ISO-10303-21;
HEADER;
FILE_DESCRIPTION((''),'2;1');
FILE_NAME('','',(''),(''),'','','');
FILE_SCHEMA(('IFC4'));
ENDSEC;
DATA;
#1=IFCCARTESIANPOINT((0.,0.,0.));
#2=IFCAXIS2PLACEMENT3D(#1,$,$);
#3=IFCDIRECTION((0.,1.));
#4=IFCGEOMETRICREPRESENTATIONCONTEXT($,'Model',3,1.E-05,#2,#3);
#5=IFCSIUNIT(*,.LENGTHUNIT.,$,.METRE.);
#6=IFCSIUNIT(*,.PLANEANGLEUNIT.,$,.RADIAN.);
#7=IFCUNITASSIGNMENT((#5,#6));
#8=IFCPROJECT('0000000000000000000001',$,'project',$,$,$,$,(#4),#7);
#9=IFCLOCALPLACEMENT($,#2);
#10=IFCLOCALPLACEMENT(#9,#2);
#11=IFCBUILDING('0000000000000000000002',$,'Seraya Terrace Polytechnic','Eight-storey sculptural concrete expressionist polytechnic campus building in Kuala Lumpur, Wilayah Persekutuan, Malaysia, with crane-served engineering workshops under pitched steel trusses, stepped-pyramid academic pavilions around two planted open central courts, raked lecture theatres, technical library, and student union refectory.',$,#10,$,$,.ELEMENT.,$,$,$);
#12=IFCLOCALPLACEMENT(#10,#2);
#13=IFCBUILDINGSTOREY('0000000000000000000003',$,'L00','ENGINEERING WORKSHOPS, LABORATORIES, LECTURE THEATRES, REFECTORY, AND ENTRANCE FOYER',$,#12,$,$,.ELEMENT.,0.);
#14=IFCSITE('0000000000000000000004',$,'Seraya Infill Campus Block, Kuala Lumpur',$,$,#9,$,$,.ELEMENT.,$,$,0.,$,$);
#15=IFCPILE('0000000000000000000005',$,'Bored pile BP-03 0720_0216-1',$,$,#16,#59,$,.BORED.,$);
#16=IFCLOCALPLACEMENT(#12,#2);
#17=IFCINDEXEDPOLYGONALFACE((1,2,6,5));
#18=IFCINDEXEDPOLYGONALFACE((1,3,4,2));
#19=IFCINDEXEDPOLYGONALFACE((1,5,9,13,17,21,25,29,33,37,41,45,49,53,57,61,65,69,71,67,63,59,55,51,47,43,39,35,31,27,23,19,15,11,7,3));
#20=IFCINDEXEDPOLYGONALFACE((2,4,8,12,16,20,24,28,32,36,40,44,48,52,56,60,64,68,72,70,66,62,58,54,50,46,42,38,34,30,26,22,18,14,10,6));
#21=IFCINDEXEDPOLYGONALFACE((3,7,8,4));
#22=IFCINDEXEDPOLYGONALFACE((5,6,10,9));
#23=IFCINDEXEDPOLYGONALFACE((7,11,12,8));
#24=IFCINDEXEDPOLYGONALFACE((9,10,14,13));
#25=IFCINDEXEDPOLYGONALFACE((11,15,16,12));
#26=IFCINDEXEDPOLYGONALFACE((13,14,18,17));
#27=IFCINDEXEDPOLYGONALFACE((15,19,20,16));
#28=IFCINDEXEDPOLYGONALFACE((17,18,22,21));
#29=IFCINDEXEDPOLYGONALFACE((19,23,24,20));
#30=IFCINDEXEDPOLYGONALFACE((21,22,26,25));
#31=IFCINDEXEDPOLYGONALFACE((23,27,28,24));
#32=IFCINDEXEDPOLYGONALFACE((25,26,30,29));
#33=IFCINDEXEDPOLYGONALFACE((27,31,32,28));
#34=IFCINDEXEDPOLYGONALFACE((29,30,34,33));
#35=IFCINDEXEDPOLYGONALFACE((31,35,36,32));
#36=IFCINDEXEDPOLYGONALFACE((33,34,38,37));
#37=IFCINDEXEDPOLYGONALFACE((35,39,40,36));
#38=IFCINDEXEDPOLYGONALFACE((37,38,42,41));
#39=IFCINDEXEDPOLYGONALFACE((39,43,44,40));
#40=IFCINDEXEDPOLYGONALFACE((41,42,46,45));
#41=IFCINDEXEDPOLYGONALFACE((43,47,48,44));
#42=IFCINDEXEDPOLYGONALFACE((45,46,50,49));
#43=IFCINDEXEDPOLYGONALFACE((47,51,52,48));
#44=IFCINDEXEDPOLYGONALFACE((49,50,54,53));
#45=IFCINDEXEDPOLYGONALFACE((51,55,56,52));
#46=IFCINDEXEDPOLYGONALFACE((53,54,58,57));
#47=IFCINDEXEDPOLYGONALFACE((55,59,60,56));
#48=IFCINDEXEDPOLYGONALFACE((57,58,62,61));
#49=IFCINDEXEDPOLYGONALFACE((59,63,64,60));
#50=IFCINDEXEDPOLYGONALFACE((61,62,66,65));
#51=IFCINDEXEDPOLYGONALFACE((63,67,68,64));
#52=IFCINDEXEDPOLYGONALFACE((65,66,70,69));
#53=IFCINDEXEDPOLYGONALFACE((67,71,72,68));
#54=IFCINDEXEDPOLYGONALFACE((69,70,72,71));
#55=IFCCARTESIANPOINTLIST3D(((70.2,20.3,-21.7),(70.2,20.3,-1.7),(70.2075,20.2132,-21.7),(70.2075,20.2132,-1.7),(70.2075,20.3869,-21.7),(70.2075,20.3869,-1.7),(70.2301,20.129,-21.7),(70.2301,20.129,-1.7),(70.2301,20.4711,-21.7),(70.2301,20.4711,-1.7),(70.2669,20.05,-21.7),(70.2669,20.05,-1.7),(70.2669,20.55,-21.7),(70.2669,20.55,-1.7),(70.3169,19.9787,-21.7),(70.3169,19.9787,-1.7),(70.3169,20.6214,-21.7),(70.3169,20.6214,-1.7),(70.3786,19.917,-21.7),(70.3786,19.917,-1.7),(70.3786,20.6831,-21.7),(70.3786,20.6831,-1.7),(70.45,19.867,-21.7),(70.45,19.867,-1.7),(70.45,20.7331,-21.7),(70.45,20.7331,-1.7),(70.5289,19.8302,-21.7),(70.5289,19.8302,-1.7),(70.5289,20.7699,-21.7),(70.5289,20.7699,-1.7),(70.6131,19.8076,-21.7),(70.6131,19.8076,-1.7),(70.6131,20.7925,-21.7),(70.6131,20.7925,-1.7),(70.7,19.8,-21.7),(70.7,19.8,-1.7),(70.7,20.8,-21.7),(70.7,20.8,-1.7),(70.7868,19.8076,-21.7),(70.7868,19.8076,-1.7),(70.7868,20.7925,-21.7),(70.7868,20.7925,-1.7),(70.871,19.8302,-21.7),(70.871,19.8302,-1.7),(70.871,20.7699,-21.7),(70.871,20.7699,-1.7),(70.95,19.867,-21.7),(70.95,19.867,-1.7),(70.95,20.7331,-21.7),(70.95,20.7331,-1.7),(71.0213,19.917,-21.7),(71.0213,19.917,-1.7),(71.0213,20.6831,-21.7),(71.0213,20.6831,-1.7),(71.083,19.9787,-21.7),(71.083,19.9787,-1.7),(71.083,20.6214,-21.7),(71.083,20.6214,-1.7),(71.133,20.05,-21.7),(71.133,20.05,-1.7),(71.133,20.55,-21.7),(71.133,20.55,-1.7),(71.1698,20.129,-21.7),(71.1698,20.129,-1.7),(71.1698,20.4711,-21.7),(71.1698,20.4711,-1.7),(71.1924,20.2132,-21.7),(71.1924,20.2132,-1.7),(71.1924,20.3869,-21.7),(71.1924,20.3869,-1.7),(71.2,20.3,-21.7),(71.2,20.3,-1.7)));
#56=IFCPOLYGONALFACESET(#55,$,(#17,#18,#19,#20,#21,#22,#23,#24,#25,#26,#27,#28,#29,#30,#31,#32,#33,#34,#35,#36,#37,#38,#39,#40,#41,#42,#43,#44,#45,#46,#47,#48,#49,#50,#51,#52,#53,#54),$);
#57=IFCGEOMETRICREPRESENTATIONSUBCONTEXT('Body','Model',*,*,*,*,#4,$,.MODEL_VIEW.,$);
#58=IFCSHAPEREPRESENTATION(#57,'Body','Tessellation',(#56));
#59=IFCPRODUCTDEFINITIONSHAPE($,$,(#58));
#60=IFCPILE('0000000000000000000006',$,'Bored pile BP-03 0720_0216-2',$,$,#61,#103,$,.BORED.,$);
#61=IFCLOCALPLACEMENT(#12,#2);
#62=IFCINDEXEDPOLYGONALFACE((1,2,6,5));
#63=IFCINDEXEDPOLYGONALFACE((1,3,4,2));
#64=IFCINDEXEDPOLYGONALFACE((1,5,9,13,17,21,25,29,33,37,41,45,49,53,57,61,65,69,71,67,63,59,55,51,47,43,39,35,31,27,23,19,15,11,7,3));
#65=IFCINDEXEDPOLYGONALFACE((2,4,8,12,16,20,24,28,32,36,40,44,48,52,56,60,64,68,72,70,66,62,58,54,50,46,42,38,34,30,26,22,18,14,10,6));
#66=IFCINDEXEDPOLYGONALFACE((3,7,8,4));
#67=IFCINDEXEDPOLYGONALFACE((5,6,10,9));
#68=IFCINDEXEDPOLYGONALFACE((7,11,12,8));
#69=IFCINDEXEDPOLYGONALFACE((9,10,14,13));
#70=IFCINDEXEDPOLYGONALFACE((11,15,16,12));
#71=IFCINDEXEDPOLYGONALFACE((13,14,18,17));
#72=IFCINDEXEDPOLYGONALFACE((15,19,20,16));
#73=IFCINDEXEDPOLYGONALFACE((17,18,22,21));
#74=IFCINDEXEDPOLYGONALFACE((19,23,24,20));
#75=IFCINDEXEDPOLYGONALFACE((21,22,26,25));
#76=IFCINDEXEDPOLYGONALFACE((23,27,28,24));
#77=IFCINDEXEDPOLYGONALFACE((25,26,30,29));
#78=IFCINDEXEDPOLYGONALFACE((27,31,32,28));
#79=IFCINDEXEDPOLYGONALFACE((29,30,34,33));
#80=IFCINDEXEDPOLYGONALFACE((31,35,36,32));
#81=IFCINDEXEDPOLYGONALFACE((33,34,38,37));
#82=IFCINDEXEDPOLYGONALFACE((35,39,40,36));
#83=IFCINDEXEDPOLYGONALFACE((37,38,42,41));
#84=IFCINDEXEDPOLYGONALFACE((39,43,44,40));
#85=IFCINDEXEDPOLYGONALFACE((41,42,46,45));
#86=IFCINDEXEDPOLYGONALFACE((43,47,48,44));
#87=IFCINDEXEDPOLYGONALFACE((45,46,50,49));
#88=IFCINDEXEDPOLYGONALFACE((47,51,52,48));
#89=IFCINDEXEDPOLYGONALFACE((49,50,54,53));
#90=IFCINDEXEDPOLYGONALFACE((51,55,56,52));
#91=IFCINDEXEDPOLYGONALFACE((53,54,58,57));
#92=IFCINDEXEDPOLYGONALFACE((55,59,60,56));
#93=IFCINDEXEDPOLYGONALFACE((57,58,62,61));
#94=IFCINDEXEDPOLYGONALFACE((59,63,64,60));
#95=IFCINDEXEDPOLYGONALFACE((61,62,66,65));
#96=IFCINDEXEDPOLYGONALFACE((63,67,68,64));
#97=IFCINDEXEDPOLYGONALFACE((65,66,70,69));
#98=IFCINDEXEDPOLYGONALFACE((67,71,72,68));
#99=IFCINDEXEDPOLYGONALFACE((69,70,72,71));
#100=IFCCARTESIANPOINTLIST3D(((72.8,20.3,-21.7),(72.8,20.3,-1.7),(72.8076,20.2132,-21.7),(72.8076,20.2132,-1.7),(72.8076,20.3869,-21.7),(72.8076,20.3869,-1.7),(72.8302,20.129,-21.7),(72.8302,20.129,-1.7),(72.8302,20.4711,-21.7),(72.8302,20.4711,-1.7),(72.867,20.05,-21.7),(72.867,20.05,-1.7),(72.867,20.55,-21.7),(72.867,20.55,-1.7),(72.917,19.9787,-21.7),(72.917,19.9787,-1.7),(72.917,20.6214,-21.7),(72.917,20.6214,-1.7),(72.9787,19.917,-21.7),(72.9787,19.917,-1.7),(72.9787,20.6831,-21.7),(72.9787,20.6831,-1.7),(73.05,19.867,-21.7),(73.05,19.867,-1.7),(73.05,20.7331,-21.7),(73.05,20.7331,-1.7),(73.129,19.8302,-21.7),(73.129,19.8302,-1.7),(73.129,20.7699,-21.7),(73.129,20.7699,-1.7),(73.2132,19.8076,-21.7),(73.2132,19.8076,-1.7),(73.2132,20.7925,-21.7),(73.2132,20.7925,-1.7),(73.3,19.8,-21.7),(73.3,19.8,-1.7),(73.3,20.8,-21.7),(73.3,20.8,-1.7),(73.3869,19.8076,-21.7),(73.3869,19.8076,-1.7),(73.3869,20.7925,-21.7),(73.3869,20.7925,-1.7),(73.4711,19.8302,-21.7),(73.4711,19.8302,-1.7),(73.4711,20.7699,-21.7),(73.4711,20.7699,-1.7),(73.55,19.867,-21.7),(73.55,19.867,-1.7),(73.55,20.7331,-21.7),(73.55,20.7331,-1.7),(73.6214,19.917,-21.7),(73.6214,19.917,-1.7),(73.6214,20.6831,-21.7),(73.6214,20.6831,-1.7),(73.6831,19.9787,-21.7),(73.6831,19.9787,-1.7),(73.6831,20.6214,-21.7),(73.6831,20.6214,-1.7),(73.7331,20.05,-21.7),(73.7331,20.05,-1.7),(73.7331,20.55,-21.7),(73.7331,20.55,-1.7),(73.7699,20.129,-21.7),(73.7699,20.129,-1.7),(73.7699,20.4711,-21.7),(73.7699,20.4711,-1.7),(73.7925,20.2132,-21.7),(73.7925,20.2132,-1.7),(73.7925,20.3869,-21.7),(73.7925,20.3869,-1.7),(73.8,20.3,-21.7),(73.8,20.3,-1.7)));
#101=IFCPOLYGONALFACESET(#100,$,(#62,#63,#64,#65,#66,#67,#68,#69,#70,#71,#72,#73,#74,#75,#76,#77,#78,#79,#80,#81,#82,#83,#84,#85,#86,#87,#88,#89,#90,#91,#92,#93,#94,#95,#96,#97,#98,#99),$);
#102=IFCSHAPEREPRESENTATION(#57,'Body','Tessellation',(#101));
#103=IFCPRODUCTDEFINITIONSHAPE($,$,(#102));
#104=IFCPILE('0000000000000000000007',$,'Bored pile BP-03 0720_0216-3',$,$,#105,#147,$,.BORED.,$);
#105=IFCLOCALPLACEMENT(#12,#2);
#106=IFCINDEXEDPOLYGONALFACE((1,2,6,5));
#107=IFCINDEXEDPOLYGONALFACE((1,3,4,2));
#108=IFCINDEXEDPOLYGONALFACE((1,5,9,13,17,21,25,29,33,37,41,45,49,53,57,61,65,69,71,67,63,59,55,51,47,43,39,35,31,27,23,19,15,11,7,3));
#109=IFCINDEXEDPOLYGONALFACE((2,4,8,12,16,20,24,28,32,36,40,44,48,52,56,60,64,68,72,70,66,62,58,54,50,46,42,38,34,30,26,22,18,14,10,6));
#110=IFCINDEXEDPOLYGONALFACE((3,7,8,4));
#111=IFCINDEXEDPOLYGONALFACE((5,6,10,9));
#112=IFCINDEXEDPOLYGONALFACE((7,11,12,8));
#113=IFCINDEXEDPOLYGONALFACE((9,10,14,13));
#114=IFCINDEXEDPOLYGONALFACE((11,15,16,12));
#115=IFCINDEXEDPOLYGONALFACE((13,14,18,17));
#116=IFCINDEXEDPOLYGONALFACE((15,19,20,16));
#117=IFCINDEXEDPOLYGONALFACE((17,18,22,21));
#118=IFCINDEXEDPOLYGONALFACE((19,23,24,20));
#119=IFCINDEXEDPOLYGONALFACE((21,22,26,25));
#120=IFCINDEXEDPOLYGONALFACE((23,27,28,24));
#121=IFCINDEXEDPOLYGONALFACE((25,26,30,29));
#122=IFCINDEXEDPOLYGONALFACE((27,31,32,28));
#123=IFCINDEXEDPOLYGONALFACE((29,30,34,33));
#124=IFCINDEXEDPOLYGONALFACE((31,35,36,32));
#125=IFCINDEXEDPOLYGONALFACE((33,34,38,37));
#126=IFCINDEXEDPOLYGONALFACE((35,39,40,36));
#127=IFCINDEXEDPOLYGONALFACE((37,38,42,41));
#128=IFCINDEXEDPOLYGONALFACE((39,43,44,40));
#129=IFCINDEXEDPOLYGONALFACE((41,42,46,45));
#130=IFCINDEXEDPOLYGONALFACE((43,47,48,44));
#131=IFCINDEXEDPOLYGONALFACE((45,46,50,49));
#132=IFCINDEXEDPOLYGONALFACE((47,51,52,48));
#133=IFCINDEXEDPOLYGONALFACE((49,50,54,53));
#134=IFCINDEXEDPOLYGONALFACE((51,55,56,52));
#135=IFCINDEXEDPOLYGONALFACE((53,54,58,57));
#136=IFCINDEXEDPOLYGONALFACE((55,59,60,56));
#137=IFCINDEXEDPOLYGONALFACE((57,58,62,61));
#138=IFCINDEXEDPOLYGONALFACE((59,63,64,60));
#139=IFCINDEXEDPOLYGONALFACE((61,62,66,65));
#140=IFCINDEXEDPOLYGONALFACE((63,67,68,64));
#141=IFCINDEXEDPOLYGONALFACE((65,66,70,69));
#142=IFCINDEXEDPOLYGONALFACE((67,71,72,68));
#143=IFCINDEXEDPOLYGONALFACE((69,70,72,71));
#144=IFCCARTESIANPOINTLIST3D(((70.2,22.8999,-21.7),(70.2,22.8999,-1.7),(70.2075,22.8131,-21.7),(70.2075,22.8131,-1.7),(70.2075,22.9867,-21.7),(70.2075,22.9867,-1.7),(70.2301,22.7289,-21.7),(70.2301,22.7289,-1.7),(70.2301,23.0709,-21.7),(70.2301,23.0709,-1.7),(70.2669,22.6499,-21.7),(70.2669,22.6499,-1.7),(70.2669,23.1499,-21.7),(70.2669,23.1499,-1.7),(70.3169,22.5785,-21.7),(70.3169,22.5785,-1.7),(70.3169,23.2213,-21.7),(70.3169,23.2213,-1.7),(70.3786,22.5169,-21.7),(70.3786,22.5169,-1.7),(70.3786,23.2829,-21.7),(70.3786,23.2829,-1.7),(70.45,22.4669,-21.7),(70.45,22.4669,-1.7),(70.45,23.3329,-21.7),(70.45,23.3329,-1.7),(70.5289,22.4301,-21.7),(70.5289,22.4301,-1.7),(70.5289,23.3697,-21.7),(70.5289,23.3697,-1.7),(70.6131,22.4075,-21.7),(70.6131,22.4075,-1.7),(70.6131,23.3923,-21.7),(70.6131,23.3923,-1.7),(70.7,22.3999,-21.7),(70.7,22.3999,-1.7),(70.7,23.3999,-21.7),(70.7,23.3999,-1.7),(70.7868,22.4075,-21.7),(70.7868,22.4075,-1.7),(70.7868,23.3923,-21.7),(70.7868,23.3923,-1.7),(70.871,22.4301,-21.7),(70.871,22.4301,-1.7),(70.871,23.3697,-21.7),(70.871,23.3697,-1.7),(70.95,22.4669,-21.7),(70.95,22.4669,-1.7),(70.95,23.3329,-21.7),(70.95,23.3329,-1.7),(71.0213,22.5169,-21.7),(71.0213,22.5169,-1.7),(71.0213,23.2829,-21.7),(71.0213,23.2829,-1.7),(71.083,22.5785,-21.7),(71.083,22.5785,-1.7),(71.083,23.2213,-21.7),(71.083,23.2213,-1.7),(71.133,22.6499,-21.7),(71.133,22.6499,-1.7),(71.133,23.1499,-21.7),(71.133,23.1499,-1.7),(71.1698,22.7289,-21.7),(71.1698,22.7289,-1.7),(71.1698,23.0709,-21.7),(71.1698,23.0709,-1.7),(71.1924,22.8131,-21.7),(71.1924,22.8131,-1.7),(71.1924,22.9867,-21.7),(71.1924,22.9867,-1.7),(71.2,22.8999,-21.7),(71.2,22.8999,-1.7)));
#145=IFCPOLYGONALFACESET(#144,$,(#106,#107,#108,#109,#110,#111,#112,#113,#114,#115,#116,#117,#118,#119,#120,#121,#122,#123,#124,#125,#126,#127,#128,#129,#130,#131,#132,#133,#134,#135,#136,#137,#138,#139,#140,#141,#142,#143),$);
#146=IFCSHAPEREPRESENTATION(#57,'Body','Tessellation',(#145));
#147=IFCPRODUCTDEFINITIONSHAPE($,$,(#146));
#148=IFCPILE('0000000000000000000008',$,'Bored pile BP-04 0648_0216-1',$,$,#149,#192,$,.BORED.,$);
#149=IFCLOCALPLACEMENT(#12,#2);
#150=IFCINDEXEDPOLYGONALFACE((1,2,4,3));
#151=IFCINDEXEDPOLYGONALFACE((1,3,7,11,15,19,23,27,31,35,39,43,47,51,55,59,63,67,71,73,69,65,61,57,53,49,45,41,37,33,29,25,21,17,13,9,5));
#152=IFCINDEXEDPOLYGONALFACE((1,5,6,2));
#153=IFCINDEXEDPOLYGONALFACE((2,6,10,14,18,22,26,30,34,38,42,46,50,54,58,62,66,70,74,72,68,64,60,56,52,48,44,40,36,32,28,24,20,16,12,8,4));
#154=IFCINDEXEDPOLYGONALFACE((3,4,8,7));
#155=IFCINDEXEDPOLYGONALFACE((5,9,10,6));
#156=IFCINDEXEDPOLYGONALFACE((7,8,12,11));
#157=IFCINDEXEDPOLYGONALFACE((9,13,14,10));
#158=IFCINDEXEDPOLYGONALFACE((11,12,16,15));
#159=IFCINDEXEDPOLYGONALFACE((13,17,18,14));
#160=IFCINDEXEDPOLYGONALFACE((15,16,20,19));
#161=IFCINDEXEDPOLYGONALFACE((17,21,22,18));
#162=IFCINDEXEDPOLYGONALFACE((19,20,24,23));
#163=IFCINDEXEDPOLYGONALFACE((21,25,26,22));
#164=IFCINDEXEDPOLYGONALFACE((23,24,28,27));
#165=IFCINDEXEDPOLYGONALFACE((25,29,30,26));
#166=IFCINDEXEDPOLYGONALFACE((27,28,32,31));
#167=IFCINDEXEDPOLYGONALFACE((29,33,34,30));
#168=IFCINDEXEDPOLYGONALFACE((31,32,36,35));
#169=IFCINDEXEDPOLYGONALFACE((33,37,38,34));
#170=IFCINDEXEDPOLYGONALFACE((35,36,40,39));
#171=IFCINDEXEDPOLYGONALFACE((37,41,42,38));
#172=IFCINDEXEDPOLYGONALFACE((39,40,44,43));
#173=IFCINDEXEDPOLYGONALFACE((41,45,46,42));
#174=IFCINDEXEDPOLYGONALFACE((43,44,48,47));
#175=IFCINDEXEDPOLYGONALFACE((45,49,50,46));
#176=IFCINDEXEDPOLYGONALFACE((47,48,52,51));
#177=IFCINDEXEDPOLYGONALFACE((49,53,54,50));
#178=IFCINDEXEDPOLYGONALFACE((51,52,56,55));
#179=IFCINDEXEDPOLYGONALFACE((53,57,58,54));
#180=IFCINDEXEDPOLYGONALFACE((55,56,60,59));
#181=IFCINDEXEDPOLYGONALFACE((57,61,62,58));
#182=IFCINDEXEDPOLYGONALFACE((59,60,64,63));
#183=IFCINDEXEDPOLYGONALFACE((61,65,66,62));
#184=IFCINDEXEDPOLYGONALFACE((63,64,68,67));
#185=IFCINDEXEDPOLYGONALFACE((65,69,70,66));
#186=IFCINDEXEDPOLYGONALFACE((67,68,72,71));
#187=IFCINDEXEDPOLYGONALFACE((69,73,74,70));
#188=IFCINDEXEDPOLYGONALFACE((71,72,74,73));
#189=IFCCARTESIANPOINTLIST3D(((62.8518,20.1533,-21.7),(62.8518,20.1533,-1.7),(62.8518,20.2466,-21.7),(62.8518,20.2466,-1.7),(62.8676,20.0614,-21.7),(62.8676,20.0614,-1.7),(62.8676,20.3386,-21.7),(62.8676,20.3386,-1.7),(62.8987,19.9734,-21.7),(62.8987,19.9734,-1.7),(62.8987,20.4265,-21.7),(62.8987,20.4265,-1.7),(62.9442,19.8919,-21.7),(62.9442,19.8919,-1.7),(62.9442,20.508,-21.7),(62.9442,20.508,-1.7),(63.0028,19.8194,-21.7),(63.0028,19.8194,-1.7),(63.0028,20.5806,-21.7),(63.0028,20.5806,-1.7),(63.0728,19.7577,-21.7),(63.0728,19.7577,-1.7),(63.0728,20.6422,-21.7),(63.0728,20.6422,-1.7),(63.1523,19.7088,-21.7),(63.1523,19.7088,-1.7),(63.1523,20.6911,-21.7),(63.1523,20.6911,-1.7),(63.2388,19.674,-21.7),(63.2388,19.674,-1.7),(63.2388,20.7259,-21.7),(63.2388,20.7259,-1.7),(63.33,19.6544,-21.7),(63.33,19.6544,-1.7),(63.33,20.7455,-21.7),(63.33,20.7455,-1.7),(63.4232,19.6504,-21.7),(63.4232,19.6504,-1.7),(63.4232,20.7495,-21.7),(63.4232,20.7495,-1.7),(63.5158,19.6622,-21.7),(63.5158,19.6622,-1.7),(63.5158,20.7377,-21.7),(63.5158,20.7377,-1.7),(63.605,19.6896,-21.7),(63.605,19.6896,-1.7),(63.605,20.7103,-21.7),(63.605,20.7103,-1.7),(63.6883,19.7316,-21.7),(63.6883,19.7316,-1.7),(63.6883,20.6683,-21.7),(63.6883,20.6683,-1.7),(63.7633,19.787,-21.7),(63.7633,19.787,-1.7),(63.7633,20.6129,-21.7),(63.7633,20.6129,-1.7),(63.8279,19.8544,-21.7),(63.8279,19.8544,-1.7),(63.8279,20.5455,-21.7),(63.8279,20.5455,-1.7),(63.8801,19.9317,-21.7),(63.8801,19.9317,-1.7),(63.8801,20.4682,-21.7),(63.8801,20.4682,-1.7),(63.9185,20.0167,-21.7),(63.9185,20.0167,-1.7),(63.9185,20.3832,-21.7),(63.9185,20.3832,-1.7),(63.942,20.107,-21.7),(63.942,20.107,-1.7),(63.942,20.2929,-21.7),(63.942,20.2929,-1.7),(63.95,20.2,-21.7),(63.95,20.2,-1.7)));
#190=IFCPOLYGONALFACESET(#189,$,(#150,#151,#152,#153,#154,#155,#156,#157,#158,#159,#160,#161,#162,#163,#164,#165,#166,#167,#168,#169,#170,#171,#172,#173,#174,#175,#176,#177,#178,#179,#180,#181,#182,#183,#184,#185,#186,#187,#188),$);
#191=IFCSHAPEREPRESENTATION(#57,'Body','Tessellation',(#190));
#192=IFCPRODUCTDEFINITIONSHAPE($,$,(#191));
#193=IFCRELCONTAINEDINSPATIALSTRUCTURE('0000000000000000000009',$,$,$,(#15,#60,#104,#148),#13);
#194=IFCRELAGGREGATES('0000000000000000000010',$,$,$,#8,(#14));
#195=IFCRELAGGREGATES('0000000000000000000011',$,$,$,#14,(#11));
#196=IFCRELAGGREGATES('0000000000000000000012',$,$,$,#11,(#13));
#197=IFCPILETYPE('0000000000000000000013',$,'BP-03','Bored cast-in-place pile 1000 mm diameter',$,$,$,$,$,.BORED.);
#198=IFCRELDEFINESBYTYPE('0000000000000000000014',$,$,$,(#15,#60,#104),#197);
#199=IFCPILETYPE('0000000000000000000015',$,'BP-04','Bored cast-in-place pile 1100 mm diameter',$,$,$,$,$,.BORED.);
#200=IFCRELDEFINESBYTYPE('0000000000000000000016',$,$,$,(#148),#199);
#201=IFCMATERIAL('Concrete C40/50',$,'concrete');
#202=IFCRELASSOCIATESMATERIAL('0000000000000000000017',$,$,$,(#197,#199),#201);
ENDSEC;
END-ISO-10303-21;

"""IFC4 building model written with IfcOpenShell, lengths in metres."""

from ifc_helpers import new_model, si_unit, direction, frame, origin, origin_2d, place, context, subcontext, project, spatial, circle, extrude, material, material_profile, profile_set, type_object, element, save


model = new_model("IFC4")

# Units and contexts
model_context = context("Model", 3, precision=1e-05, world=origin(), true_north=direction((0.0, 1.0)))
body_context = subcontext(model_context, "Body", "Model", "MODEL_VIEW")
ifc_project = project(units=[si_unit("LENGTHUNIT", "METRE"), si_unit("PLANEANGLEUNIT", "RADIAN")], contexts=[model_context])

# Site, building, storey
site_placement = place(None, origin())
site = spatial("IfcSite", under=ifc_project, at=site_placement, Name="Seraya Infill Campus Block, Kuala Lumpur", CompositionType="ELEMENT", RefElevation=0.0)
building_placement = place(site_placement, origin())
building = spatial("IfcBuilding", under=site, at=building_placement, Name="Seraya Terrace Polytechnic", Description="Eight-storey sculptural concrete expressionist polytechnic campus building in Kuala Lumpur, Wilayah Persekutuan, Malaysia, with crane-served engineering workshops under pitched steel trusses, stepped-pyramid academic pavilions around two planted open central courts, raked lecture theatres, technical library, and student union refectory.", CompositionType="ELEMENT")
storey_placement = place(building_placement, origin())
storey = spatial("IfcBuildingStorey", under=building, at=storey_placement, Name="L00", Description="ENGINEERING WORKSHOPS, LABORATORIES, LECTURE THEATRES, REFECTORY, AND ENTRANCE FOYER", CompositionType="ELEMENT", Elevation=0.0)

# Piles
ifc_material_1 = material(Name="Concrete C40/50", Category="concrete")
ifc_material_profile_1 = material_profile(ifc_material_1, circle(Radius=0.5, at=origin_2d()), Name="DIA 1000")
ifc_profile_set_1 = profile_set([ifc_material_profile_1], Name="Concrete C40/50")
pile_type_1 = type_object("IfcPileType", Name="BP-03", Description="Bored cast-in-place pile 1000 mm diameter", PredefinedType="BORED", material=ifc_profile_set_1)
for number, where, z_axis, x_axis, name in (
    (1, (70.7, 20.3, -1.7), (0.0, 0.0, -1.0), (1.0, 0.0, 0.0), "Bored pile BP-03 0720_0216-1"),
    (2, (73.3, 20.3, -1.7), (0.0, 0.0, -1.0), (1.0, 0.0, 0.0), "Bored pile BP-03 0720_0216-2"),
    (3, (70.7, 22.8999, -1.7), (0.0, 0.0, -1.0), (1.0, 0.0, 0.0), "Bored pile BP-03 0720_0216-3"),
):
    element("IfcPile", number, at=place(storey_placement, frame(where, z_axis=z_axis, x_axis=x_axis)), inside=storey, type_object=pile_type_1, Name=name, PredefinedType="BORED", context=body_context, shape_type="SweptSolid", body=[
        extrude(circle(Radius=0.5, at=origin_2d()), origin(), (0.0, 0.0, 1.0), 20.0),
    ])
ifc_material_profile_2 = material_profile(ifc_material_1, circle(Radius=0.55, at=origin_2d()), Name="DIA 1100")
ifc_profile_set_2 = profile_set([ifc_material_profile_2], Name="Concrete C40/50")
pile_type_2 = type_object("IfcPileType", Name="BP-04", Description="Bored cast-in-place pile 1100 mm diameter", PredefinedType="BORED", material=ifc_profile_set_2)
for number, where, z_axis, x_axis, name in (
    (4, (63.3999, 20.2, -1.7), (0.0, 0.0, -1.0), (1.0, 0.0, 0.0), "Bored pile BP-04 0648_0216-1"),
):
    element("IfcPile", number, at=place(storey_placement, frame(where, z_axis=z_axis, x_axis=x_axis)), inside=storey, type_object=pile_type_2, Name=name, PredefinedType="BORED", context=body_context, shape_type="SweptSolid", body=[
        extrude(circle(Radius=0.55, at=origin_2d()), origin(), (0.0, 0.0, 1.0), 20.0),
    ])

save(model, "model.ifc")
